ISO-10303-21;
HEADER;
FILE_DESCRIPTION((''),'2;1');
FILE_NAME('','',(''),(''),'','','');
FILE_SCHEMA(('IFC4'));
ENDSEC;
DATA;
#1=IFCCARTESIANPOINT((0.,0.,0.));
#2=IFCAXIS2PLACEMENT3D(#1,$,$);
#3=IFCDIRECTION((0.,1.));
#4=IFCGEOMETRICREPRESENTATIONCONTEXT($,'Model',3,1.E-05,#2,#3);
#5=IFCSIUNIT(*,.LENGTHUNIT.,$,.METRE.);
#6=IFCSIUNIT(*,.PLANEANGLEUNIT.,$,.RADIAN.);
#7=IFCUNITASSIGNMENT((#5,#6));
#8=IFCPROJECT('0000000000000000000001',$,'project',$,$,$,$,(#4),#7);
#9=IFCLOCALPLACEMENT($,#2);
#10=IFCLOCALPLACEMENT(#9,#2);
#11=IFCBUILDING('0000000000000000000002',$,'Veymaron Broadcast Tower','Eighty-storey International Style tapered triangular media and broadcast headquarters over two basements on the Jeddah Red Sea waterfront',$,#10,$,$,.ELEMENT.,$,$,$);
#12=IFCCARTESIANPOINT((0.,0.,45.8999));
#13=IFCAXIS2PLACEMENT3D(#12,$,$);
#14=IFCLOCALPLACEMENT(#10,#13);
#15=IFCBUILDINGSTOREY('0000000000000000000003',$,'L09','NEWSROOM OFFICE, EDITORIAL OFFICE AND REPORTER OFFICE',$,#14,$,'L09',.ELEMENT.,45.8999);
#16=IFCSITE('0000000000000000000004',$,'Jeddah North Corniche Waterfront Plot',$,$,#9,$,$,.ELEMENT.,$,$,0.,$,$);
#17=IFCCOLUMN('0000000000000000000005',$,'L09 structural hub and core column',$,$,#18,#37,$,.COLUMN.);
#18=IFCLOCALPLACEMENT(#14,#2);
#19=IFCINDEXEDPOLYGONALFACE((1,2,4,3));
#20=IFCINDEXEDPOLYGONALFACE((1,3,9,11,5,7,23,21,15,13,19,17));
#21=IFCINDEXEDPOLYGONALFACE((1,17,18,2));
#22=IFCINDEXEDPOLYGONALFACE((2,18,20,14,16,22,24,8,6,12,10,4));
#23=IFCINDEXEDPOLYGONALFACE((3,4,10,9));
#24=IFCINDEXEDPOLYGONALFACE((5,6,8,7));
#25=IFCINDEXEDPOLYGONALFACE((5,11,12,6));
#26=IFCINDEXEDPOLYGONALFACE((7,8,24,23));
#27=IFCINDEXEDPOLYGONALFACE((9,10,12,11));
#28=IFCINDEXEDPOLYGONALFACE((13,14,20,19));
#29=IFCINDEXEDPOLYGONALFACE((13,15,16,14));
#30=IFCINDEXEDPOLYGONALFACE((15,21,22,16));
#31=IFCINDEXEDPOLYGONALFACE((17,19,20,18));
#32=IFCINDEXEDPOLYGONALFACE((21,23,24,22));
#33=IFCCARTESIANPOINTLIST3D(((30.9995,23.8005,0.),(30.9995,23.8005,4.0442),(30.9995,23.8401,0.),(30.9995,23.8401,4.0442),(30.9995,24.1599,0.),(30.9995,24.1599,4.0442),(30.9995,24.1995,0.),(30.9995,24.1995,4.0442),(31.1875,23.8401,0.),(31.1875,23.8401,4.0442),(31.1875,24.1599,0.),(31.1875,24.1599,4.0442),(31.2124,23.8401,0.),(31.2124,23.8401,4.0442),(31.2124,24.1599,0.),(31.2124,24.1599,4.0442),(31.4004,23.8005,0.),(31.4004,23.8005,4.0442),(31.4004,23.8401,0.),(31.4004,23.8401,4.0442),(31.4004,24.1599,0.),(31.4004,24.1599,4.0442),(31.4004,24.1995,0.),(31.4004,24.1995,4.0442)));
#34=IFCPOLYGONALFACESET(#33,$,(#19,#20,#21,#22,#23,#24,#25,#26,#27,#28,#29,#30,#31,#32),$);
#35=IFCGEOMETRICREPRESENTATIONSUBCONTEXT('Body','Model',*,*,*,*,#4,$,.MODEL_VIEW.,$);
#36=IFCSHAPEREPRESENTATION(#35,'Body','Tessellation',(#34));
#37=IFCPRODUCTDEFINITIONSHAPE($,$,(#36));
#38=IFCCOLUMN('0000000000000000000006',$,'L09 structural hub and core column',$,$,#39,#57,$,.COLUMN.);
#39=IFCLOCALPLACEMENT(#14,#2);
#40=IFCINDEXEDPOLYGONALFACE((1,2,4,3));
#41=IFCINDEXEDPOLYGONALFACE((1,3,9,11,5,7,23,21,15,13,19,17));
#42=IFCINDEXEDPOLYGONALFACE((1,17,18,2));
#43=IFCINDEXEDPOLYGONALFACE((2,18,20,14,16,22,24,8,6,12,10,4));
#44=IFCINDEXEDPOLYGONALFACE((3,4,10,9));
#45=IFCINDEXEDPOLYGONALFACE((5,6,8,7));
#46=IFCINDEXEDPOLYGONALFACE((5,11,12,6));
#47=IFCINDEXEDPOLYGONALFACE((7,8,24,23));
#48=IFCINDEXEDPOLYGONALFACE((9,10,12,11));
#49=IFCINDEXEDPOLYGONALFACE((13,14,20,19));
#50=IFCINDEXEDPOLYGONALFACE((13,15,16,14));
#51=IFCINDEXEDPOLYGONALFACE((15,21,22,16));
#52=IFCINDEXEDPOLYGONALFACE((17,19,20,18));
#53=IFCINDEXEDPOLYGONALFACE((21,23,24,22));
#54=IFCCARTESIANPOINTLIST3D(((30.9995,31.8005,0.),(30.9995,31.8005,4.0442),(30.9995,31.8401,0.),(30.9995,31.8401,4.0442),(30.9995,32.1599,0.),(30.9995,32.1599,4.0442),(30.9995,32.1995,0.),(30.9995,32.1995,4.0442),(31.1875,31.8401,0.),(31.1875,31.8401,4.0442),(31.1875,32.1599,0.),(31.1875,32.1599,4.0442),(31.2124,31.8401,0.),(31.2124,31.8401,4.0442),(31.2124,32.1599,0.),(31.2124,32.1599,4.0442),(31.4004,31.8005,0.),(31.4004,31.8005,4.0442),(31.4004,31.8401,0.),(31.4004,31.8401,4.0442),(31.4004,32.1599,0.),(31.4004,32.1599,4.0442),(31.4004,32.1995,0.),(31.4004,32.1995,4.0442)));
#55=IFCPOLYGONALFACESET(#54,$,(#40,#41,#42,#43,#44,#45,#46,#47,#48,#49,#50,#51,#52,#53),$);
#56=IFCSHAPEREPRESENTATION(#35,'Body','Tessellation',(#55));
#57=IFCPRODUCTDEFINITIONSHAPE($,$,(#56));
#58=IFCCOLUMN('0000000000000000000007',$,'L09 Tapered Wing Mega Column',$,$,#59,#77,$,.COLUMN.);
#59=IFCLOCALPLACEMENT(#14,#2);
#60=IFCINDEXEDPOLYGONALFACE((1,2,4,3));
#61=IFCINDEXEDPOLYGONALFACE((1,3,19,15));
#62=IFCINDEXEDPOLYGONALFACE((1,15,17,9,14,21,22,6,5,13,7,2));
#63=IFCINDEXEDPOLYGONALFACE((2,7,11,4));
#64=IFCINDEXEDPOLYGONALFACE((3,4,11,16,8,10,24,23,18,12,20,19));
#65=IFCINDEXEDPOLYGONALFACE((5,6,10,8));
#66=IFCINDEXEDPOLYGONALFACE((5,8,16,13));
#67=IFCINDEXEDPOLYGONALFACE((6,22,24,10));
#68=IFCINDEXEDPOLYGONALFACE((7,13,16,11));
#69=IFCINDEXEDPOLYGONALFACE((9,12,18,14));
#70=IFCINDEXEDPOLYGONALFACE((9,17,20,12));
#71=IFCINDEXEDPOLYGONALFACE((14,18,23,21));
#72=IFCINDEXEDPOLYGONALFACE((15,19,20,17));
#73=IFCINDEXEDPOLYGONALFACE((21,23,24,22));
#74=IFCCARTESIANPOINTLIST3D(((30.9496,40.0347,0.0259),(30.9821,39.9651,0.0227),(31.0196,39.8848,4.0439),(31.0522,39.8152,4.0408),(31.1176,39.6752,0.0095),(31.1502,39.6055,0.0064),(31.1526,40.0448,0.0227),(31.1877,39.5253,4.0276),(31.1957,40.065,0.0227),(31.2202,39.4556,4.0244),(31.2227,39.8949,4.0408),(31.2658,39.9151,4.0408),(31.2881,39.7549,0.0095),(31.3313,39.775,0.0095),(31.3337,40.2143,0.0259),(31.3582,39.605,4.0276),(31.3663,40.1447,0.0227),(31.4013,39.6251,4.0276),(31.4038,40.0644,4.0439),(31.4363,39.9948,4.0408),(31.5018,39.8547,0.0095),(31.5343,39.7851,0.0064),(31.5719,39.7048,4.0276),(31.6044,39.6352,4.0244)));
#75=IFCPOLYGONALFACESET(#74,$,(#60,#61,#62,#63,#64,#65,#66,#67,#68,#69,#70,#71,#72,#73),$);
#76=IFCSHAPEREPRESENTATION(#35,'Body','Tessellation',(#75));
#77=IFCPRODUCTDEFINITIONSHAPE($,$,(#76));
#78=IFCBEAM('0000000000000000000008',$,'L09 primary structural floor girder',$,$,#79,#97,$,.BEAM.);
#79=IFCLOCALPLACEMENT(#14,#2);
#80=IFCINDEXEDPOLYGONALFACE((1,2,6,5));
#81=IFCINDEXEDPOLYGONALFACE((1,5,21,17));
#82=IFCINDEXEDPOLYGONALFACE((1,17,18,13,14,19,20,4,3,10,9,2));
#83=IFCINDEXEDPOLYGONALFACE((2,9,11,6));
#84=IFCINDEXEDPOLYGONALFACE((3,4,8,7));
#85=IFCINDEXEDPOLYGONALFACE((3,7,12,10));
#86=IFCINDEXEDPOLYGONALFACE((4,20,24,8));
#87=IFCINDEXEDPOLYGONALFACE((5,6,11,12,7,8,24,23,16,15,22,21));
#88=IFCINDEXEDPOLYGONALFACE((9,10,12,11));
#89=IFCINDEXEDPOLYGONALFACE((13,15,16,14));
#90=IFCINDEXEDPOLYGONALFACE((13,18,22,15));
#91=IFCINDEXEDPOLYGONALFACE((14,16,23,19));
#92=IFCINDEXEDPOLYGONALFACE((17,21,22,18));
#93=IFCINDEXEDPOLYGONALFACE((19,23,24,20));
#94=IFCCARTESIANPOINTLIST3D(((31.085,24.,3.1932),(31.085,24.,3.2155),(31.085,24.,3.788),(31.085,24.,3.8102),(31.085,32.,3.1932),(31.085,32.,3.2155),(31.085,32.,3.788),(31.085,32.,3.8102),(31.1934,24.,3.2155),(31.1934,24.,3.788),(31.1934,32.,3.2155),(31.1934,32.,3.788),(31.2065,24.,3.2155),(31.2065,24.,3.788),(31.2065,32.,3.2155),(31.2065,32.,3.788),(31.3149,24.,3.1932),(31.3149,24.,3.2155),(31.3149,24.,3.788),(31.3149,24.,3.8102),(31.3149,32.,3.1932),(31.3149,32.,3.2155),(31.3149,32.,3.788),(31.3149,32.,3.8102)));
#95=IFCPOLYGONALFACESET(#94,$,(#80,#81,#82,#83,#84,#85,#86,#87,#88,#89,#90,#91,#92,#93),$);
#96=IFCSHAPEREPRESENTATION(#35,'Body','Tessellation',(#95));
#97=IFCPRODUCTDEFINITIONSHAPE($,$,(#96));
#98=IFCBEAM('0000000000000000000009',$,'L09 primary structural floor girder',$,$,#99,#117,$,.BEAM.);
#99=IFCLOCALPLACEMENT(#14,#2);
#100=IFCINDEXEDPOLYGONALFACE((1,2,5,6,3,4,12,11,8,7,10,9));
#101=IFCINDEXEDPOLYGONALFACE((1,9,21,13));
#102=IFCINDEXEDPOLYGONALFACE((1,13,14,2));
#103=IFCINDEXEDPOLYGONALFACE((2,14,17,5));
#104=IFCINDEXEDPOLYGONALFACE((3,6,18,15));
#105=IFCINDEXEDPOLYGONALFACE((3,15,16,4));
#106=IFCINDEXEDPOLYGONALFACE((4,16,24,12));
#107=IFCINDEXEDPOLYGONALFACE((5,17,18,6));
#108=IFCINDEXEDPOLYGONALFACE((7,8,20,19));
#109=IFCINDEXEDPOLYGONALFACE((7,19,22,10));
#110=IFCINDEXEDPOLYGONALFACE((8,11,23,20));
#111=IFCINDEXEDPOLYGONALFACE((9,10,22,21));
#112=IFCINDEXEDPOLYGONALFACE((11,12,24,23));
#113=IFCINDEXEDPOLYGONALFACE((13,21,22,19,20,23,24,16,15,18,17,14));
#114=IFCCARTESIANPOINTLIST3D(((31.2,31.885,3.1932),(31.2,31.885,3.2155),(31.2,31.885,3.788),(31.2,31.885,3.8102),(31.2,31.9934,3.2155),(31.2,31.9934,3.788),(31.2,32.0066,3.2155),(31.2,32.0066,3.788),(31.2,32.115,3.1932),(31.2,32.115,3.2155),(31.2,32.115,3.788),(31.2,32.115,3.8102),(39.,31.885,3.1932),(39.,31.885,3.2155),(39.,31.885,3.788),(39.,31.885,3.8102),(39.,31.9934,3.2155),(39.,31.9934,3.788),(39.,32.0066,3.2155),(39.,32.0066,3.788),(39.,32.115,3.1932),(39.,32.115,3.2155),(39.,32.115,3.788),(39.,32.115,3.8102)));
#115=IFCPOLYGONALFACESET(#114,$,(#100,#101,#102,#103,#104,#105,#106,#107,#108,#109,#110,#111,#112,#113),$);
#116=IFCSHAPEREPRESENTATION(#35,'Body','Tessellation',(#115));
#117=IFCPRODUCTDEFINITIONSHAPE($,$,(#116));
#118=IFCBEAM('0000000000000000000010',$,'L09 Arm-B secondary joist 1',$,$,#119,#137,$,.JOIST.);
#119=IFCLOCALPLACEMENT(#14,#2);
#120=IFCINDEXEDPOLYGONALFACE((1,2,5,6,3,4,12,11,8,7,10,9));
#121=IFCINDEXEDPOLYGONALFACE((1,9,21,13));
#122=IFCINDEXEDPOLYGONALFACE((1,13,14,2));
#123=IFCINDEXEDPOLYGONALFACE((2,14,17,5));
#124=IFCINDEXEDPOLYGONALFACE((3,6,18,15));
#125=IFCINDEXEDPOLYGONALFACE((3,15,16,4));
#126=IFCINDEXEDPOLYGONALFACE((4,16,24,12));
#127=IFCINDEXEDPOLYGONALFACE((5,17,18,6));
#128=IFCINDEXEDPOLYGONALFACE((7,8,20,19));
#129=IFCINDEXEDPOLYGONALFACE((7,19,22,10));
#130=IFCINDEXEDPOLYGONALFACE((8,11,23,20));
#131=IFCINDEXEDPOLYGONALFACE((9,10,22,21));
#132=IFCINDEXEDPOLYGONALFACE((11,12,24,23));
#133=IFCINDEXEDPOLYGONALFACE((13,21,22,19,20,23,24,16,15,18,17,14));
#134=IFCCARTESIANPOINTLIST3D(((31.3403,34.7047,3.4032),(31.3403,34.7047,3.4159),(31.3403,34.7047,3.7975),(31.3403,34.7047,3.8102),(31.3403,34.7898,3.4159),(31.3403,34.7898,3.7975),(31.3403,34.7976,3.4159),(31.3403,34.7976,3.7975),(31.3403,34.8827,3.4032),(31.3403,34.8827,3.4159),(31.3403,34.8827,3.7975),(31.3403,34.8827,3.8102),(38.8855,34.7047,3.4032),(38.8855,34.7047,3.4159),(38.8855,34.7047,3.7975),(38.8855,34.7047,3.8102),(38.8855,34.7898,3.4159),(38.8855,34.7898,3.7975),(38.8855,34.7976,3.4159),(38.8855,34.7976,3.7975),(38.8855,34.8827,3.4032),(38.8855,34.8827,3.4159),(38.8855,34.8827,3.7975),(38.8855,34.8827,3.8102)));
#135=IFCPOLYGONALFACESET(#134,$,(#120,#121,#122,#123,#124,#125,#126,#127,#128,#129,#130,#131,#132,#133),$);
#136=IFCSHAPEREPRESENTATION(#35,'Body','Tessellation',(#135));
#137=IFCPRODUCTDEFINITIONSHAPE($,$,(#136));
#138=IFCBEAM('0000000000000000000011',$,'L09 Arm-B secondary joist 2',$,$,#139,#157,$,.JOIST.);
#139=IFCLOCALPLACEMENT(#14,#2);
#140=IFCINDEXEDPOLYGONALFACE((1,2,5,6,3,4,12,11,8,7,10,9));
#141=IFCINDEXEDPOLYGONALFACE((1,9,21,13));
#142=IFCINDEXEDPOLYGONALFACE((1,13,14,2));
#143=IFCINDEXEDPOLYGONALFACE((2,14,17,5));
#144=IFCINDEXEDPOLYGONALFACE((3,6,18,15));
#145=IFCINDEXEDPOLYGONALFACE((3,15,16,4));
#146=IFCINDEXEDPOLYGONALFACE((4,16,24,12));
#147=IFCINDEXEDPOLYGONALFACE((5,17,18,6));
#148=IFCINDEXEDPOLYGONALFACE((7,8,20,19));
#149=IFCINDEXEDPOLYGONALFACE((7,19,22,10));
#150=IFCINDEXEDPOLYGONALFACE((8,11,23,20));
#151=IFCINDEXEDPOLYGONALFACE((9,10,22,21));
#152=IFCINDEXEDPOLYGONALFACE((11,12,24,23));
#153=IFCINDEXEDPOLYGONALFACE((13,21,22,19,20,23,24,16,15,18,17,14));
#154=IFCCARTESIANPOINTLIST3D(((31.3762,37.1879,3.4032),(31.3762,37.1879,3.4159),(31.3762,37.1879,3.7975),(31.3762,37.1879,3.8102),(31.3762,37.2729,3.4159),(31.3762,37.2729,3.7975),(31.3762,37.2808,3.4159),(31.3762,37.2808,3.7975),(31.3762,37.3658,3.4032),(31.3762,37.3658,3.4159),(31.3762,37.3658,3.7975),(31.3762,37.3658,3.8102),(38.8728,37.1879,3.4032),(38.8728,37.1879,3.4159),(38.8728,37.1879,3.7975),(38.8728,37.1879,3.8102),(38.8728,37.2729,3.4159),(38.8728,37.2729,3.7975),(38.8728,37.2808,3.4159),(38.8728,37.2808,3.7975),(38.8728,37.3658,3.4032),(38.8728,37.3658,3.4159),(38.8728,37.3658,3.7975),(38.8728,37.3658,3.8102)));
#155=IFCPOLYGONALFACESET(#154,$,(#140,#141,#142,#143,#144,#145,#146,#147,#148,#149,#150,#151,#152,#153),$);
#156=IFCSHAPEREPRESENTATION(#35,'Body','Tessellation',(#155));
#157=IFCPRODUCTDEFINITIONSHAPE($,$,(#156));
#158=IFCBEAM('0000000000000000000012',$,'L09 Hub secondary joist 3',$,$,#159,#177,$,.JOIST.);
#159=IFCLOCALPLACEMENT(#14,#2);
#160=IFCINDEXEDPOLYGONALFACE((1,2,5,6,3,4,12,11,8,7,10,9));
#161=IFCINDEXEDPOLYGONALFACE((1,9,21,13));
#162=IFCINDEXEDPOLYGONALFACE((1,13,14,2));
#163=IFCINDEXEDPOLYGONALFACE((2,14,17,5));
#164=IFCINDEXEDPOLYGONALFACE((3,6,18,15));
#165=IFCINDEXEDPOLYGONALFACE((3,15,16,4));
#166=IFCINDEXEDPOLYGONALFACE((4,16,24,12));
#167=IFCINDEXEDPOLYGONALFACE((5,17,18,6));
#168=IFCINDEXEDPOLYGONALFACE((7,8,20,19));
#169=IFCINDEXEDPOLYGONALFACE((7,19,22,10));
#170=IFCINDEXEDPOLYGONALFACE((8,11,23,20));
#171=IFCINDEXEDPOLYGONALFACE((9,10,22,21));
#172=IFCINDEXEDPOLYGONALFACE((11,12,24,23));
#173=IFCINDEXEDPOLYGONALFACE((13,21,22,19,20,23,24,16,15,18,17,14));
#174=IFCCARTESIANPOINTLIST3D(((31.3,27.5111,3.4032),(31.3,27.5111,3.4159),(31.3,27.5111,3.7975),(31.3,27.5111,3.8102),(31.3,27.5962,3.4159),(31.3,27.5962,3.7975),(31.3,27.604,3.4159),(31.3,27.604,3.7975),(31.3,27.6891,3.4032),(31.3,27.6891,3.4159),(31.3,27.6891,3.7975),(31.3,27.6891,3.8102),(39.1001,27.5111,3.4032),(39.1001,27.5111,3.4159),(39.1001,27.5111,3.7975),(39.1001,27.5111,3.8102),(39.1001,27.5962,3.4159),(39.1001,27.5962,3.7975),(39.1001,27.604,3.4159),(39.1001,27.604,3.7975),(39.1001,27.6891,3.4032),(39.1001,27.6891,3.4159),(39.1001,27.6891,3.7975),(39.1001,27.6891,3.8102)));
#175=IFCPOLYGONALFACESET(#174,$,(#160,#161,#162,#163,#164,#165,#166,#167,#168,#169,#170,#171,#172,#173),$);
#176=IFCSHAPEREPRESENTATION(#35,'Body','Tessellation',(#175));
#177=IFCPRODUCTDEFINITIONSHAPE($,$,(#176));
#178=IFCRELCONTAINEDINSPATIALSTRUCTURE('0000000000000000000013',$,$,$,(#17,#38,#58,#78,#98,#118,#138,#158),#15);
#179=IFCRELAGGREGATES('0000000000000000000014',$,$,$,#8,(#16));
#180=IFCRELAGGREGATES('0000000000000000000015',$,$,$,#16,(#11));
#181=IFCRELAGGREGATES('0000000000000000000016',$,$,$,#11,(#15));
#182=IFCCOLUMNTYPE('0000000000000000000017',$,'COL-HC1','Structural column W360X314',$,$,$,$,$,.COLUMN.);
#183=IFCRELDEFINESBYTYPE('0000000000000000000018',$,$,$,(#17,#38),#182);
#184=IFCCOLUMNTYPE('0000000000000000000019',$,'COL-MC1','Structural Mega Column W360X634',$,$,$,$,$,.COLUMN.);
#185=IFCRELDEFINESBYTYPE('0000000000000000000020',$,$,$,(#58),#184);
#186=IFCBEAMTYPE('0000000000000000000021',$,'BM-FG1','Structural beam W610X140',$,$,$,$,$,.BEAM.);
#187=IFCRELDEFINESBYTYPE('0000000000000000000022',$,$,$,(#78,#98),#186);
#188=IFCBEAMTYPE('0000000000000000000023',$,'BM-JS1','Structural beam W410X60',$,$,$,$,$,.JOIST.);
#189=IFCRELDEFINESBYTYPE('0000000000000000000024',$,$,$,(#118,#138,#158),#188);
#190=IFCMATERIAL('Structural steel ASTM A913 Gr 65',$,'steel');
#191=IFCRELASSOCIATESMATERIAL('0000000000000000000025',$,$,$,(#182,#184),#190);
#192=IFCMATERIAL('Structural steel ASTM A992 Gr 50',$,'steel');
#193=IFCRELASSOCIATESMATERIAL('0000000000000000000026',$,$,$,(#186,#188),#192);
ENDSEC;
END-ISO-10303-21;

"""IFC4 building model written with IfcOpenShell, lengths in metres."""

from ifc_helpers import new_model, si_unit, direction, frame, origin, origin_2d, place, context, subcontext, project, spatial, i_section, extrude, material, material_profile, profile_set, type_object, element, save


model = new_model("IFC4")

# Units and contexts
model_context = context("Model", 3, precision=1e-05, world=origin(), true_north=direction((0.0, 1.0)))
body_context = subcontext(model_context, "Body", "Model", "MODEL_VIEW")
ifc_project = project(units=[si_unit("LENGTHUNIT", "METRE"), si_unit("PLANEANGLEUNIT", "RADIAN")], contexts=[model_context])

# Site, building, storey
site_placement = place(None, origin())
site = spatial("IfcSite", under=ifc_project, at=site_placement, Name="Jeddah North Corniche Waterfront Plot", CompositionType="ELEMENT", RefElevation=0.0)
building_placement = place(site_placement, origin())
building = spatial("IfcBuilding", under=site, at=building_placement, Name="Veymaron Broadcast Tower", Description="Eighty-storey International Style tapered triangular media and broadcast headquarters over two basements on the Jeddah Red Sea waterfront", CompositionType="ELEMENT")
storey_placement = place(building_placement, frame((0.0, 0.0, 45.8999)))
storey = spatial("IfcBuildingStorey", under=building, at=storey_placement, Name="L09", Description="NEWSROOM OFFICE, EDITORIAL OFFICE AND REPORTER OFFICE", LongName="L09", CompositionType="ELEMENT", Elevation=45.8999)

# Columns
ifc_material_1 = material(Name="Structural steel ASTM A913 Gr 65", Category="steel")
ifc_material_profile_1 = material_profile(ifc_material_1, i_section(OverallWidth=0.4009, OverallDepth=0.3989, WebThickness=0.0249, FlangeThickness=0.0396, at=origin_2d()), Name="W360X314")
ifc_profile_set_1 = profile_set([ifc_material_profile_1], Name="Structural steel ASTM A913 Gr 65")
column_type_1 = type_object("IfcColumnType", Name="COL-HC1", Description="Structural column W360X314", PredefinedType="COLUMN", material=ifc_profile_set_1)
for number, where, z_axis, x_axis, name in (
    (1, (31.2, 24.0, 0.0), (0.0, 0.0, 1.0), (1.0, 0.0, 0.0), "L09 structural hub and core column"),
    (2, (31.2, 32.0, 0.0), (0.0, 0.0, 1.0), (1.0, 0.0, 0.0), "L09 structural hub and core column"),
):
    element("IfcColumn", number, at=place(storey_placement, frame(where, z_axis=z_axis, x_axis=x_axis)), inside=storey, type_object=column_type_1, Name=name, PredefinedType="COLUMN", context=body_context, shape_type="SweptSolid", body=[
        extrude(i_section(OverallWidth=0.4009, OverallDepth=0.3989, WebThickness=0.0249, FlangeThickness=0.0396, at=origin_2d()), origin(), (0.0, 0.0, 1.0), 4.0442),
    ])
ifc_material_profile_2 = material_profile(ifc_material_1, i_section(OverallWidth=0.4241, OverallDepth=0.4741, WebThickness=0.0476, FlangeThickness=0.0769, at=origin_2d()), Name="W360X634")
ifc_profile_set_2 = profile_set([ifc_material_profile_2], Name="Structural steel ASTM A913 Gr 65")
column_type_2 = type_object("IfcColumnType", Name="COL-MC1", Description="Structural Mega Column W360X634", PredefinedType="COLUMN", material=ifc_profile_set_2)
column_placement = place(storey_placement, frame((31.2419, 39.9099, 0.0161), z_axis=(0.017424, -0.037275, 0.999153), x_axis=(0.905919, 0.423451, 0.0)))
element("IfcColumn", 3, at=column_placement, inside=storey, type_object=column_type_2, Name="L09 Tapered Wing Mega Column", PredefinedType="COLUMN", context=body_context, shape_type="SweptSolid", body=[
    extrude(i_section(OverallWidth=0.4241, OverallDepth=0.4741, WebThickness=0.0476, FlangeThickness=0.0769, at=origin_2d()), origin(), (0.0, 0.0, 1.0), 4.0215),
])

# Beams
ifc_material_2 = material(Name="Structural steel ASTM A992 Gr 50", Category="steel")
ifc_material_profile_3 = material_profile(ifc_material_2, i_section(OverallWidth=0.23, OverallDepth=0.6169, WebThickness=0.0132, FlangeThickness=0.0222, at=origin_2d()), Name="W610X140")
ifc_profile_set_3 = profile_set([ifc_material_profile_3], Name="Structural steel ASTM A992 Gr 50")
beam_type_1 = type_object("IfcBeamType", Name="BM-FG1", Description="Structural beam W610X140", PredefinedType="BEAM", material=ifc_profile_set_3)
beam_1_placement = place(storey_placement, frame((31.2, 24.0, 3.5017), z_axis=(0.0, 1.0, 0.0), x_axis=(-1.0, 0.0, 0.0)))
element("IfcBeam", 4, at=beam_1_placement, inside=storey, type_object=beam_type_1, Name="L09 primary structural floor girder", PredefinedType="BEAM", context=body_context, shape_type="SweptSolid", body=[
    extrude(i_section(OverallWidth=0.23, OverallDepth=0.6169, WebThickness=0.0132, FlangeThickness=0.0222, at=origin_2d()), origin(), (0.0, 0.0, 1.0), 8.0),
])
beam_2_placement = place(storey_placement, frame((31.2, 32.0, 3.5017), z_axis=(1.0, 0.0, 0.0), x_axis=(0.0, 1.0, 0.0)))
element("IfcBeam", 5, at=beam_2_placement, inside=storey, type_object=beam_type_1, Name="L09 primary structural floor girder", PredefinedType="BEAM", context=body_context, shape_type="SweptSolid", body=[
    extrude(i_section(OverallWidth=0.23, OverallDepth=0.6169, WebThickness=0.0132, FlangeThickness=0.0222, at=origin_2d()), origin(), (0.0, 0.0, 1.0), 7.8),
])
ifc_material_profile_4 = material_profile(ifc_material_2, i_section(OverallWidth=0.178, OverallDepth=0.407, WebThickness=0.0078, FlangeThickness=0.0127, at=origin_2d()), Name="W410X60")
ifc_profile_set_4 = profile_set([ifc_material_profile_4], Name="Structural steel ASTM A992 Gr 50")
beam_type_2 = type_object("IfcBeamType", Name="BM-JS1", Description="Structural beam W410X60", PredefinedType="JOIST", material=ifc_profile_set_4)
beam_3_placement = place(storey_placement, frame((31.3403, 34.7937, 3.6067), z_axis=(1.0, 0.0, 0.0), x_axis=(0.0, 1.0, 0.0)))
element("IfcBeam", 6, at=beam_3_placement, inside=storey, type_object=beam_type_2, Name="L09 Arm-B secondary joist 1", PredefinedType="JOIST", context=body_context, shape_type="SweptSolid", body=[
    extrude(i_section(OverallWidth=0.178, OverallDepth=0.407, WebThickness=0.0078, FlangeThickness=0.0127, at=origin_2d()), origin(), (0.0, 0.0, 1.0), 7.5452),
])
beam_4_placement = place(storey_placement, frame((31.3762, 37.2769, 3.6067), z_axis=(1.0, 0.0, 0.0), x_axis=(0.0, 1.0, 0.0)))
element("IfcBeam", 7, at=beam_4_placement, inside=storey, type_object=beam_type_2, Name="L09 Arm-B secondary joist 2", PredefinedType="JOIST", context=body_context, shape_type="SweptSolid", body=[
    extrude(i_section(OverallWidth=0.178, OverallDepth=0.407, WebThickness=0.0078, FlangeThickness=0.0127, at=origin_2d()), origin(), (0.0, 0.0, 1.0), 7.4966),
])
for number, where, z_axis, x_axis, name in (
    (8, (31.3, 27.6001, 3.6067), (1.0, 0.0, 0.0), (0.0, 1.0, 0.0), "L09 Hub secondary joist 3"),
):
    element("IfcBeam", number, at=place(storey_placement, frame(where, z_axis=z_axis, x_axis=x_axis)), inside=storey, type_object=beam_type_2, Name=name, PredefinedType="JOIST", context=body_context, shape_type="SweptSolid", body=[
        extrude(i_section(OverallWidth=0.178, OverallDepth=0.407, WebThickness=0.0078, FlangeThickness=0.0127, at=origin_2d()), origin(), (0.0, 0.0, 1.0), 7.8),
    ])

save(model, "model.ifc")
